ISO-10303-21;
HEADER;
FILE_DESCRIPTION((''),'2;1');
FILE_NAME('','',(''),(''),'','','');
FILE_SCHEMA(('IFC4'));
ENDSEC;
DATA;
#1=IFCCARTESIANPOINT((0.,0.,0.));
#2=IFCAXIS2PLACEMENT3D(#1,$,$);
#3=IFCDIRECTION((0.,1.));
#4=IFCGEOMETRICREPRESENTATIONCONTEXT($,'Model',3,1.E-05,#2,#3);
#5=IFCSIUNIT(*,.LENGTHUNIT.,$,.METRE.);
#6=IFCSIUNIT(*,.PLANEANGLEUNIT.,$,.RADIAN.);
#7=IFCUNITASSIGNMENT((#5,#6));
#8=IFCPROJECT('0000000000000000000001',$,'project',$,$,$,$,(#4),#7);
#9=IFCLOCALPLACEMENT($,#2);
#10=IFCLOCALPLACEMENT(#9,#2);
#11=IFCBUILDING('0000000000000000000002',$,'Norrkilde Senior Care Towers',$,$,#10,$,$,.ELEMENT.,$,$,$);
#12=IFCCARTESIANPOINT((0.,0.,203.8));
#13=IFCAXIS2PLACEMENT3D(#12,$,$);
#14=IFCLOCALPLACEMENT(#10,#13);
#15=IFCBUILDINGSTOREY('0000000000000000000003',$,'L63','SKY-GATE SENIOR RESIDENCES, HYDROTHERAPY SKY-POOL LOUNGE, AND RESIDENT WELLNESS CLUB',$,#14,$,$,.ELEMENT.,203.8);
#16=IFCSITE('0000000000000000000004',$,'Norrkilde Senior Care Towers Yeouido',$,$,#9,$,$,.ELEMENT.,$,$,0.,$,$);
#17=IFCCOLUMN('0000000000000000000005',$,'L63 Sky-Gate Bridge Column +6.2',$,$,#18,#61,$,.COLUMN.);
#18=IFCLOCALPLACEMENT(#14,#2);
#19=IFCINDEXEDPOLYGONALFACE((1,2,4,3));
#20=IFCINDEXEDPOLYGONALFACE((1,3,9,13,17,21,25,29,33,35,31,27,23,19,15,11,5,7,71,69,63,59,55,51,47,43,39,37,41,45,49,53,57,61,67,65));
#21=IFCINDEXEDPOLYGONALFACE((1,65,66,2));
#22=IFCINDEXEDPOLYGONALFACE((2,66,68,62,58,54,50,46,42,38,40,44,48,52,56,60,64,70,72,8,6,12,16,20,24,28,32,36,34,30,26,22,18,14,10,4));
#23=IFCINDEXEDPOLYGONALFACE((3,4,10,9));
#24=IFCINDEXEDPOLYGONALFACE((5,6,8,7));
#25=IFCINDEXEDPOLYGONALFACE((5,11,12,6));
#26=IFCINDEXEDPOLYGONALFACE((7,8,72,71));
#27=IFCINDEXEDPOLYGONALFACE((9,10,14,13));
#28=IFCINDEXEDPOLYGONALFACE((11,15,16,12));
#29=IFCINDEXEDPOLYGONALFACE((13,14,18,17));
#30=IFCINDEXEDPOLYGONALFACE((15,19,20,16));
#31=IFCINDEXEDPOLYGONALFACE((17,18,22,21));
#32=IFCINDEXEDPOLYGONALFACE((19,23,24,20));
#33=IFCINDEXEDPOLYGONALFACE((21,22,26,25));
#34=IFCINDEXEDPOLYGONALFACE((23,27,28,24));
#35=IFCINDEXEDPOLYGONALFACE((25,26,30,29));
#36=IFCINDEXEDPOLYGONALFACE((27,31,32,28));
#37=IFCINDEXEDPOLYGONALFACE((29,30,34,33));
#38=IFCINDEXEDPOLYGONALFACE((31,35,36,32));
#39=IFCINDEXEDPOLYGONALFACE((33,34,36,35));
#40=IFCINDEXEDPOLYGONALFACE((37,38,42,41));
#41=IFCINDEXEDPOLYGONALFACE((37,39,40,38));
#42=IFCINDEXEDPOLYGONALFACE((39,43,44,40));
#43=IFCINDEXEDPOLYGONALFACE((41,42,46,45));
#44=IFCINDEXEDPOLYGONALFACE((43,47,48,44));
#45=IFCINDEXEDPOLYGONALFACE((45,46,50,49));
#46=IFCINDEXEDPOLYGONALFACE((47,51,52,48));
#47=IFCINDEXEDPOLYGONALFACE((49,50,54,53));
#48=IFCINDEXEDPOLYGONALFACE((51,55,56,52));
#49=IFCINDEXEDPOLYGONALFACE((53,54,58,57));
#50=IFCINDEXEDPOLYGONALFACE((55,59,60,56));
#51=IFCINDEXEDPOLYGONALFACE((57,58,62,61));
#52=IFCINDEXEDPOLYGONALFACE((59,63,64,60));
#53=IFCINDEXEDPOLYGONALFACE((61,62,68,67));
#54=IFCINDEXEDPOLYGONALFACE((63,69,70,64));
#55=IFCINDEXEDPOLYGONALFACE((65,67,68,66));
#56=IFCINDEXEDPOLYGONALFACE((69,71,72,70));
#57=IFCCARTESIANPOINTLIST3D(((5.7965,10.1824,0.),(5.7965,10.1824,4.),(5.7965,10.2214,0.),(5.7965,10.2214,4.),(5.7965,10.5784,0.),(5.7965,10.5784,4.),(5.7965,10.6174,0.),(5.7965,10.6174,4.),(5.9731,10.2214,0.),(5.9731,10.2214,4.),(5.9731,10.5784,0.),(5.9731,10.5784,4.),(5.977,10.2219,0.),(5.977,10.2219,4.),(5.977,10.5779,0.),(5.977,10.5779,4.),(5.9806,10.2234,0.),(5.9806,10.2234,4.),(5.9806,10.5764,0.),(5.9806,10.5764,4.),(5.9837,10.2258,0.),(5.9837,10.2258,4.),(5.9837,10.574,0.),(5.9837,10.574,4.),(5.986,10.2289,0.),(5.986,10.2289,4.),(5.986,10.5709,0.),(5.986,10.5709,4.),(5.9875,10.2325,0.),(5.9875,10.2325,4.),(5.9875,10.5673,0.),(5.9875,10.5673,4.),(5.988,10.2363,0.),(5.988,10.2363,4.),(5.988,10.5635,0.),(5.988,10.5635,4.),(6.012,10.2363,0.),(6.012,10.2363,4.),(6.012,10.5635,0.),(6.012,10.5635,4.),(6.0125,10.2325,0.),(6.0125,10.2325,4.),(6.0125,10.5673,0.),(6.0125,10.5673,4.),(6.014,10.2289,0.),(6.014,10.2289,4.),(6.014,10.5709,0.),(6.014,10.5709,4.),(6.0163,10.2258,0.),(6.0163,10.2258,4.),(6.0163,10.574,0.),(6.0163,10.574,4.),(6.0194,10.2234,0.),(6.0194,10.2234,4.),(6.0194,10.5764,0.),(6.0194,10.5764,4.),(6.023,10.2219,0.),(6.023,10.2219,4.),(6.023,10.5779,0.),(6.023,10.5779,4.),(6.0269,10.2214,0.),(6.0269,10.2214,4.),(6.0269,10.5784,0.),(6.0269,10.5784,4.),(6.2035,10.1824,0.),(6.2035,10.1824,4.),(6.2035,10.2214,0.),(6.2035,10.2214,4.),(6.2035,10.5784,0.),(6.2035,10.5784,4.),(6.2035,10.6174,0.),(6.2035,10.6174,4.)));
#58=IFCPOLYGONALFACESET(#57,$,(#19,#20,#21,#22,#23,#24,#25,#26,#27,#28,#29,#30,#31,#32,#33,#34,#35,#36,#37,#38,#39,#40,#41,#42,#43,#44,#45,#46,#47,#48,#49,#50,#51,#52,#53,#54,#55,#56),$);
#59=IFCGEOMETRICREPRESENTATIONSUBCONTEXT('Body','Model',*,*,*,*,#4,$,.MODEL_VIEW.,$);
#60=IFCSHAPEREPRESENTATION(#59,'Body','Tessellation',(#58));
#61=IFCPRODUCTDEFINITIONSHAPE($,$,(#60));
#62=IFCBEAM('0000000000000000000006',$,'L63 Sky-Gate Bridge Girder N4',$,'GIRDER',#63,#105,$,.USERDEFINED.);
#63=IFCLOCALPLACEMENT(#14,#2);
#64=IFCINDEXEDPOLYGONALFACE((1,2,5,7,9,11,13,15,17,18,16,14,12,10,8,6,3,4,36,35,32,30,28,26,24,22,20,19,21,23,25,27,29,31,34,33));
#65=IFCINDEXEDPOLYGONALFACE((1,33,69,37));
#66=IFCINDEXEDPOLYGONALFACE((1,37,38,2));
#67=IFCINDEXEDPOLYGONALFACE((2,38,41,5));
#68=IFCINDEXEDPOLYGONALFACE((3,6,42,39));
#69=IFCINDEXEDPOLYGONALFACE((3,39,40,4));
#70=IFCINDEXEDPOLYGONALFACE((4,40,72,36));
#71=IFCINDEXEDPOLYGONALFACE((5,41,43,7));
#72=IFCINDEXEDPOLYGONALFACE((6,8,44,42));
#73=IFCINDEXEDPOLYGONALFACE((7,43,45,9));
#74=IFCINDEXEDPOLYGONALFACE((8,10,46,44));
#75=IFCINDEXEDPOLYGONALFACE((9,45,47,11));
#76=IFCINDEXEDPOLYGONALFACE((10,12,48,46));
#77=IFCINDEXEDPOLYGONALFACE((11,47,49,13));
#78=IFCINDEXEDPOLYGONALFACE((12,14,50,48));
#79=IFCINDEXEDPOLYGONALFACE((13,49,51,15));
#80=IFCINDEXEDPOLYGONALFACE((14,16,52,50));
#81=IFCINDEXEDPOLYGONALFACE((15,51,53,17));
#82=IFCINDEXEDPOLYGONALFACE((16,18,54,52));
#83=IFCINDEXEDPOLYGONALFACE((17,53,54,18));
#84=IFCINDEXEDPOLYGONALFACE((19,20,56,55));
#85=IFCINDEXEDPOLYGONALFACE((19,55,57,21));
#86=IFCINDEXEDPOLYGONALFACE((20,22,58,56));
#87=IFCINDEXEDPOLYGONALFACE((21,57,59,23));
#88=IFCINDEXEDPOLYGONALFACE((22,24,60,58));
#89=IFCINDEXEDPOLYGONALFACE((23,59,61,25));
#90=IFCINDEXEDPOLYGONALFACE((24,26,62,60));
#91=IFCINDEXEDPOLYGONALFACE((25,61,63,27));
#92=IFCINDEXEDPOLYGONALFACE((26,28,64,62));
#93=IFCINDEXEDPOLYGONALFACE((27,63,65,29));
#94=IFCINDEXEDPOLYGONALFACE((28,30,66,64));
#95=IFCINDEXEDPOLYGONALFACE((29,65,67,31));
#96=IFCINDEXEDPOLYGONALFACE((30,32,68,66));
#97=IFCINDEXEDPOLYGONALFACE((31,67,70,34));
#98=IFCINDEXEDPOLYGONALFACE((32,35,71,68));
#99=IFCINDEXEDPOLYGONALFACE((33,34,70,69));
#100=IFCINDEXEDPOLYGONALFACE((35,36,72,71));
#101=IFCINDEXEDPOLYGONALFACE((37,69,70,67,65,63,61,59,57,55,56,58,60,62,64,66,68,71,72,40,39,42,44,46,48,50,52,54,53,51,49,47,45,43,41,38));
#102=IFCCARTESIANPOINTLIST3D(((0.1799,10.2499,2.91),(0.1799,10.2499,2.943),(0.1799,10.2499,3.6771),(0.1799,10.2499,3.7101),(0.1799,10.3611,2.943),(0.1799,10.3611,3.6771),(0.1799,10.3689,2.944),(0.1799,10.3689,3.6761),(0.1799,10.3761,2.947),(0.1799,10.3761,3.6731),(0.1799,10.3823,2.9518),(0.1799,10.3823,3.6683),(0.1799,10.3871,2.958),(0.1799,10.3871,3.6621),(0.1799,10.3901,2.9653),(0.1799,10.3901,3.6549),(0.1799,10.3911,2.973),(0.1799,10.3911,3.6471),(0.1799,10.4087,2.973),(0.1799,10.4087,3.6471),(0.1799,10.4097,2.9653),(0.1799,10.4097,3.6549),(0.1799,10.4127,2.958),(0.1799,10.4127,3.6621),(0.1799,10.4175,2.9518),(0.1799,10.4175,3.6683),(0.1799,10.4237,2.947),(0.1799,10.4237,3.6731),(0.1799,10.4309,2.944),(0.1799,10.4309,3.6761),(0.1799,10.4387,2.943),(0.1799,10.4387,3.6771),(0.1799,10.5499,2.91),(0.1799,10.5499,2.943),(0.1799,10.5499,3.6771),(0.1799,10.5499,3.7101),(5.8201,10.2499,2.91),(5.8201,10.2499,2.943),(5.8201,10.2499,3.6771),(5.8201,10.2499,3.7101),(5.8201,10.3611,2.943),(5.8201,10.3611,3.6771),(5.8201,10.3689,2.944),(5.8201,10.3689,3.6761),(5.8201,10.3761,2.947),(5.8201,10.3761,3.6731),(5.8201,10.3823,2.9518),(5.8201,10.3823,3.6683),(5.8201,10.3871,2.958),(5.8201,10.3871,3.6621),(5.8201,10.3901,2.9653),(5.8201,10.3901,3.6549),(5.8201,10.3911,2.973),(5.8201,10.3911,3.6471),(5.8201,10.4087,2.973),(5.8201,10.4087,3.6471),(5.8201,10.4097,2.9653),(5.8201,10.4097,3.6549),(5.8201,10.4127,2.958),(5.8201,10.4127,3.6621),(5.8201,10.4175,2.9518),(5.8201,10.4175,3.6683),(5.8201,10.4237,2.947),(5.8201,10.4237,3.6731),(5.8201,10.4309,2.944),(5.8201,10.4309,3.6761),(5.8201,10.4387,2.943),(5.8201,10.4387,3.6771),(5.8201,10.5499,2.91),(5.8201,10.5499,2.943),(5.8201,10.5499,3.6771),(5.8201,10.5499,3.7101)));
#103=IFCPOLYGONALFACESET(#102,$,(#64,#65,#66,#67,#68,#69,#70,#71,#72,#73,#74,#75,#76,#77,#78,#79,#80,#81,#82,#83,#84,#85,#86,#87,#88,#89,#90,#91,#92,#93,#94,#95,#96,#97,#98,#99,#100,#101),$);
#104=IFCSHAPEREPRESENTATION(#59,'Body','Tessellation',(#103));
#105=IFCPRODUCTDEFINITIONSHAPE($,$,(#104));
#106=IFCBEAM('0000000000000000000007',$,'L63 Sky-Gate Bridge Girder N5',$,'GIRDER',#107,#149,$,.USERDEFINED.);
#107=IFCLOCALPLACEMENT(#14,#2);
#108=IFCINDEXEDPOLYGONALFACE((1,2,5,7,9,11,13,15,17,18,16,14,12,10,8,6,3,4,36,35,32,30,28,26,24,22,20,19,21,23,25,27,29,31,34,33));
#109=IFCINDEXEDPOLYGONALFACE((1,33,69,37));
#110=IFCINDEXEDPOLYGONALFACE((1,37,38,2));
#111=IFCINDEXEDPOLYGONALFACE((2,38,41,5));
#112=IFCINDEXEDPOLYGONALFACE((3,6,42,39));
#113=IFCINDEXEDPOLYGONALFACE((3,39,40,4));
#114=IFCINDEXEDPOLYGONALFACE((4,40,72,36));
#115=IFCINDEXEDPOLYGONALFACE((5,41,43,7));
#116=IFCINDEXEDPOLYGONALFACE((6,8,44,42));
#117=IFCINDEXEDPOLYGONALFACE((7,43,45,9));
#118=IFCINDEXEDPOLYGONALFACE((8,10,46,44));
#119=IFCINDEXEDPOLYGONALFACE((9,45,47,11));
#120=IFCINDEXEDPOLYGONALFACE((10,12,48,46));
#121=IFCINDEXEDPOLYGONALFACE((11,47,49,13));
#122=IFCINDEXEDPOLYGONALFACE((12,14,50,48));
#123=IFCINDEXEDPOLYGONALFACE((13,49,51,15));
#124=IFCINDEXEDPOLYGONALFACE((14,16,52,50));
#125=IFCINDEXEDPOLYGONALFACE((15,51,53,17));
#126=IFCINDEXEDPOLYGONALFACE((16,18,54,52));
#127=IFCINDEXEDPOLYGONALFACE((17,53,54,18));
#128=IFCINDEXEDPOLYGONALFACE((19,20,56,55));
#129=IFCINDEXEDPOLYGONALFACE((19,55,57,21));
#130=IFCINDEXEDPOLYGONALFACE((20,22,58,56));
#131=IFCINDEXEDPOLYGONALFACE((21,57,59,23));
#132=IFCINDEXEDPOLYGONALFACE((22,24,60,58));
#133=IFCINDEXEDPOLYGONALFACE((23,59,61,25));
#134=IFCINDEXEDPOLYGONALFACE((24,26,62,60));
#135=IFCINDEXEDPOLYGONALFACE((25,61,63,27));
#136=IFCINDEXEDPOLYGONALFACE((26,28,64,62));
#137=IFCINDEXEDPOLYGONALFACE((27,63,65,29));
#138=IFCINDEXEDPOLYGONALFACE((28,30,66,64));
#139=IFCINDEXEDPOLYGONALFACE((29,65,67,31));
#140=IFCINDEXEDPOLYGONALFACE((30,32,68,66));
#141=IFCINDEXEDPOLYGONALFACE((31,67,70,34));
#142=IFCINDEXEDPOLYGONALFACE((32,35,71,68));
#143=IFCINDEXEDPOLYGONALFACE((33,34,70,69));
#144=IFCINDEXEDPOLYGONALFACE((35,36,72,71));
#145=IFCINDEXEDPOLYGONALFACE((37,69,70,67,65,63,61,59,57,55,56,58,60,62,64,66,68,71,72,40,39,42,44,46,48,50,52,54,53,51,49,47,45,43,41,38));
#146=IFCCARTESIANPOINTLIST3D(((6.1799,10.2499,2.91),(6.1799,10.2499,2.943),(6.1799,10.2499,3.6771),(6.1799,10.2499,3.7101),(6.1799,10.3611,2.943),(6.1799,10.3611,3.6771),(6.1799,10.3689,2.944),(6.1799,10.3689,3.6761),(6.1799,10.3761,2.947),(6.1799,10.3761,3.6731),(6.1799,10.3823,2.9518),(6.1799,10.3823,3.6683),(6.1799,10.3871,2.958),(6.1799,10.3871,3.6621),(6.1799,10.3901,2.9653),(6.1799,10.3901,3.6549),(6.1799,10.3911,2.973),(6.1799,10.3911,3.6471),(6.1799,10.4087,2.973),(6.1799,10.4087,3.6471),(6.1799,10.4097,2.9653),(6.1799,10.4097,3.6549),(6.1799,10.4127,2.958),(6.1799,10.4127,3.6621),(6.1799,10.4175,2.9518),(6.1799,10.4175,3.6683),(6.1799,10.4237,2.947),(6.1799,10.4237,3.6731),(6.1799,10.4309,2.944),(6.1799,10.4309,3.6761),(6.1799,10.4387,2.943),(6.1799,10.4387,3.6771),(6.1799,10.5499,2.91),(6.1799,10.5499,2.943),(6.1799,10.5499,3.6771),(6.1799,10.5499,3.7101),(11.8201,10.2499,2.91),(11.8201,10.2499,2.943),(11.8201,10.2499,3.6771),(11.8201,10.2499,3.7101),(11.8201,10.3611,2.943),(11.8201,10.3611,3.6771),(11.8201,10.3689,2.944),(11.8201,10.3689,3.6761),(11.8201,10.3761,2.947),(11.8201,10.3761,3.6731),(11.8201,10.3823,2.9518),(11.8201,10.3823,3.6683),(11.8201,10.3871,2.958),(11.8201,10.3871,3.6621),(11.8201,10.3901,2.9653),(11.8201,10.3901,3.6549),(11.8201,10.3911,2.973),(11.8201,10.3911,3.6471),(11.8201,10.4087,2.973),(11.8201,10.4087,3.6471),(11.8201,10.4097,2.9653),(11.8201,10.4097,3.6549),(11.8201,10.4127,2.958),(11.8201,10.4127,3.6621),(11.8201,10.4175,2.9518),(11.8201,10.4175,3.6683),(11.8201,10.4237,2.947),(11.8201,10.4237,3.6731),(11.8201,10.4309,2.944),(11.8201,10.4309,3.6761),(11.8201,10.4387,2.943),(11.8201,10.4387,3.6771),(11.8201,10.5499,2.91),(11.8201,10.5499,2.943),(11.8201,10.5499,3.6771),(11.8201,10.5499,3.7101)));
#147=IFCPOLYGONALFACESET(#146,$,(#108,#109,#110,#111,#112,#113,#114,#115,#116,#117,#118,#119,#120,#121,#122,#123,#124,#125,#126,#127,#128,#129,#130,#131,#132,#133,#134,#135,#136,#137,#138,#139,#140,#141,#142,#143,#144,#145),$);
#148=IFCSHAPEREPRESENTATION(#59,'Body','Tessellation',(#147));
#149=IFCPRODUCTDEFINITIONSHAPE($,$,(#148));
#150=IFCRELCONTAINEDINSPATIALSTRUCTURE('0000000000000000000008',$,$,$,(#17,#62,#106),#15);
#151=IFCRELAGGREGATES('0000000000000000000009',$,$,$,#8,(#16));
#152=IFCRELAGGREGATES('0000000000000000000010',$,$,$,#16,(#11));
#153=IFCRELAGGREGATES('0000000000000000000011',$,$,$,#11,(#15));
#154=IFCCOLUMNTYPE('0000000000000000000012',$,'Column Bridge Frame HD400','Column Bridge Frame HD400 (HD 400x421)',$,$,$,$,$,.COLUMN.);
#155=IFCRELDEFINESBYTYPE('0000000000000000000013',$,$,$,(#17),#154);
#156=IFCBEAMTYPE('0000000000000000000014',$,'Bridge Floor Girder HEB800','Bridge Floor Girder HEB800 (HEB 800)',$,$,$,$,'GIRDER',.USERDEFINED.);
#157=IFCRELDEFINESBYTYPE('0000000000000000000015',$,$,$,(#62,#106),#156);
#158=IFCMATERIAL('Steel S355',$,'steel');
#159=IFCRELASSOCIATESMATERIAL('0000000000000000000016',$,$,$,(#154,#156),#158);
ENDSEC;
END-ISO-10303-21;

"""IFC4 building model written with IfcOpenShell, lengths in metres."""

from ifc_helpers import new_model, si_unit, direction, frame, origin, origin_2d, place, context, subcontext, project, spatial, i_section, extrude, source, transform, mapped, material, material_profile, profile_set, type_object, type_shapes, element, save


model = new_model("IFC4")

# Units and contexts
model_context = context("Model", 3, precision=1e-05, world=origin(), true_north=direction((0.0, 1.0)))
body_context = subcontext(model_context, "Body", "Model", "MODEL_VIEW")
ifc_project = project(units=[si_unit("LENGTHUNIT", "METRE"), si_unit("PLANEANGLEUNIT", "RADIAN")], contexts=[model_context])

# Site, building, storey
site_placement = place(None, origin())
site = spatial("IfcSite", under=ifc_project, at=site_placement, Name="Norrkilde Senior Care Towers Yeouido", CompositionType="ELEMENT", RefElevation=0.0)
building_placement = place(site_placement, origin())
building = spatial("IfcBuilding", under=site, at=building_placement, Name="Norrkilde Senior Care Towers", CompositionType="ELEMENT")
storey_placement = place(building_placement, frame((0.0, 0.0, 203.8)))
storey = spatial("IfcBuildingStorey", under=building, at=storey_placement, Name="L63", Description="SKY-GATE SENIOR RESIDENCES, HYDROTHERAPY SKY-POOL LOUNGE, AND RESIDENT WELLNESS CLUB", CompositionType="ELEMENT", Elevation=203.8)

# Column
ifc_material_1 = material(Name="Steel S355", Category="steel")
ifc_material_profile_1 = material_profile(ifc_material_1, i_section(OverallWidth=0.407, OverallDepth=0.4351, WebThickness=0.0239, FlangeThickness=0.0391, FilletRadius=0.0149, at=origin_2d()), Name="HD 400x421")
ifc_profile_set_1 = profile_set([ifc_material_profile_1], Name="Steel S355")
column_type = type_object("IfcColumnType", Name="Column Bridge Frame HD400", Description="Column Bridge Frame HD400 (HD 400x421)", PredefinedType="COLUMN", material=ifc_profile_set_1)
shared_shape_1 = source(origin(), body_context, "Body", "SweptSolid", [
    extrude(i_section(OverallWidth=0.407, OverallDepth=0.4351, WebThickness=0.0239, FlangeThickness=0.0391, FilletRadius=0.0149, at=origin_2d()), origin(), (0.0, 0.0, 1.0), 4.0),
])
type_shapes(column_type, [shared_shape_1])
column_placement = place(storey_placement, frame((6.0, 10.3999, 0.0), z_axis=(0.0, 0.0, 1.0), x_axis=(1.0, 0.0, 0.0)))
element("IfcColumn", 1, at=column_placement, inside=storey, type_object=column_type, Name="L63 Sky-Gate Bridge Column +6.2", PredefinedType="COLUMN", context=body_context, shape_type="MappedRepresentation", body=[
    mapped(shared_shape_1, transform((0.0, 0.0, 0.0), x_axis=(1.0, 0.0, 0.0), y_axis=(0.0, 1.0, 0.0), z_axis=(0.0, 0.0, 1.0), scale=1.0)),
])

# Beams
ifc_material_profile_2 = material_profile(ifc_material_1, i_section(OverallWidth=0.3, OverallDepth=0.8, WebThickness=0.0176, FlangeThickness=0.033, FilletRadius=0.03, at=origin_2d()), Name="HEB 800")
ifc_profile_set_2 = profile_set([ifc_material_profile_2], Name="Steel S355")
beam_type_1 = type_object("IfcBeamType", Name="Bridge Floor Girder HEB800", Description="Bridge Floor Girder HEB800 (HEB 800)", ElementType="GIRDER", PredefinedType="USERDEFINED", material=ifc_profile_set_2)
shared_shape_2 = source(origin(), body_context, "Body", "SweptSolid", [
    extrude(i_section(OverallWidth=0.3, OverallDepth=0.8, WebThickness=0.0176, FlangeThickness=0.033, FilletRadius=0.03, at=origin_2d()), origin(), (0.0, 0.0, 1.0), 5.6401),
])
type_shapes(beam_type_1, [shared_shape_2])
for number, where, z_axis, x_axis, name in (
    (2, (0.1799, 10.3999, 3.3101), (1.0, 0.0, 0.0), (0.0, 1.0, 0.0), "L63 Sky-Gate Bridge Girder N4"),
    (3, (6.1799, 10.3999, 3.3101), (1.0, 0.0, 0.0), (0.0, 1.0, 0.0), "L63 Sky-Gate Bridge Girder N5"),
):
    element("IfcBeam", number, at=place(storey_placement, frame(where, z_axis=z_axis, x_axis=x_axis)), inside=storey, type_object=beam_type_1, Name=name, ObjectType="GIRDER", PredefinedType="USERDEFINED", context=body_context, shape_type="MappedRepresentation", body=[
        mapped(shared_shape_2, transform((0.0, 0.0, 0.0), x_axis=(1.0, 0.0, 0.0), y_axis=(0.0, 1.0, 0.0), z_axis=(0.0, 0.0, 1.0), scale=1.0)),
    ])

save(model, "model.ifc")
